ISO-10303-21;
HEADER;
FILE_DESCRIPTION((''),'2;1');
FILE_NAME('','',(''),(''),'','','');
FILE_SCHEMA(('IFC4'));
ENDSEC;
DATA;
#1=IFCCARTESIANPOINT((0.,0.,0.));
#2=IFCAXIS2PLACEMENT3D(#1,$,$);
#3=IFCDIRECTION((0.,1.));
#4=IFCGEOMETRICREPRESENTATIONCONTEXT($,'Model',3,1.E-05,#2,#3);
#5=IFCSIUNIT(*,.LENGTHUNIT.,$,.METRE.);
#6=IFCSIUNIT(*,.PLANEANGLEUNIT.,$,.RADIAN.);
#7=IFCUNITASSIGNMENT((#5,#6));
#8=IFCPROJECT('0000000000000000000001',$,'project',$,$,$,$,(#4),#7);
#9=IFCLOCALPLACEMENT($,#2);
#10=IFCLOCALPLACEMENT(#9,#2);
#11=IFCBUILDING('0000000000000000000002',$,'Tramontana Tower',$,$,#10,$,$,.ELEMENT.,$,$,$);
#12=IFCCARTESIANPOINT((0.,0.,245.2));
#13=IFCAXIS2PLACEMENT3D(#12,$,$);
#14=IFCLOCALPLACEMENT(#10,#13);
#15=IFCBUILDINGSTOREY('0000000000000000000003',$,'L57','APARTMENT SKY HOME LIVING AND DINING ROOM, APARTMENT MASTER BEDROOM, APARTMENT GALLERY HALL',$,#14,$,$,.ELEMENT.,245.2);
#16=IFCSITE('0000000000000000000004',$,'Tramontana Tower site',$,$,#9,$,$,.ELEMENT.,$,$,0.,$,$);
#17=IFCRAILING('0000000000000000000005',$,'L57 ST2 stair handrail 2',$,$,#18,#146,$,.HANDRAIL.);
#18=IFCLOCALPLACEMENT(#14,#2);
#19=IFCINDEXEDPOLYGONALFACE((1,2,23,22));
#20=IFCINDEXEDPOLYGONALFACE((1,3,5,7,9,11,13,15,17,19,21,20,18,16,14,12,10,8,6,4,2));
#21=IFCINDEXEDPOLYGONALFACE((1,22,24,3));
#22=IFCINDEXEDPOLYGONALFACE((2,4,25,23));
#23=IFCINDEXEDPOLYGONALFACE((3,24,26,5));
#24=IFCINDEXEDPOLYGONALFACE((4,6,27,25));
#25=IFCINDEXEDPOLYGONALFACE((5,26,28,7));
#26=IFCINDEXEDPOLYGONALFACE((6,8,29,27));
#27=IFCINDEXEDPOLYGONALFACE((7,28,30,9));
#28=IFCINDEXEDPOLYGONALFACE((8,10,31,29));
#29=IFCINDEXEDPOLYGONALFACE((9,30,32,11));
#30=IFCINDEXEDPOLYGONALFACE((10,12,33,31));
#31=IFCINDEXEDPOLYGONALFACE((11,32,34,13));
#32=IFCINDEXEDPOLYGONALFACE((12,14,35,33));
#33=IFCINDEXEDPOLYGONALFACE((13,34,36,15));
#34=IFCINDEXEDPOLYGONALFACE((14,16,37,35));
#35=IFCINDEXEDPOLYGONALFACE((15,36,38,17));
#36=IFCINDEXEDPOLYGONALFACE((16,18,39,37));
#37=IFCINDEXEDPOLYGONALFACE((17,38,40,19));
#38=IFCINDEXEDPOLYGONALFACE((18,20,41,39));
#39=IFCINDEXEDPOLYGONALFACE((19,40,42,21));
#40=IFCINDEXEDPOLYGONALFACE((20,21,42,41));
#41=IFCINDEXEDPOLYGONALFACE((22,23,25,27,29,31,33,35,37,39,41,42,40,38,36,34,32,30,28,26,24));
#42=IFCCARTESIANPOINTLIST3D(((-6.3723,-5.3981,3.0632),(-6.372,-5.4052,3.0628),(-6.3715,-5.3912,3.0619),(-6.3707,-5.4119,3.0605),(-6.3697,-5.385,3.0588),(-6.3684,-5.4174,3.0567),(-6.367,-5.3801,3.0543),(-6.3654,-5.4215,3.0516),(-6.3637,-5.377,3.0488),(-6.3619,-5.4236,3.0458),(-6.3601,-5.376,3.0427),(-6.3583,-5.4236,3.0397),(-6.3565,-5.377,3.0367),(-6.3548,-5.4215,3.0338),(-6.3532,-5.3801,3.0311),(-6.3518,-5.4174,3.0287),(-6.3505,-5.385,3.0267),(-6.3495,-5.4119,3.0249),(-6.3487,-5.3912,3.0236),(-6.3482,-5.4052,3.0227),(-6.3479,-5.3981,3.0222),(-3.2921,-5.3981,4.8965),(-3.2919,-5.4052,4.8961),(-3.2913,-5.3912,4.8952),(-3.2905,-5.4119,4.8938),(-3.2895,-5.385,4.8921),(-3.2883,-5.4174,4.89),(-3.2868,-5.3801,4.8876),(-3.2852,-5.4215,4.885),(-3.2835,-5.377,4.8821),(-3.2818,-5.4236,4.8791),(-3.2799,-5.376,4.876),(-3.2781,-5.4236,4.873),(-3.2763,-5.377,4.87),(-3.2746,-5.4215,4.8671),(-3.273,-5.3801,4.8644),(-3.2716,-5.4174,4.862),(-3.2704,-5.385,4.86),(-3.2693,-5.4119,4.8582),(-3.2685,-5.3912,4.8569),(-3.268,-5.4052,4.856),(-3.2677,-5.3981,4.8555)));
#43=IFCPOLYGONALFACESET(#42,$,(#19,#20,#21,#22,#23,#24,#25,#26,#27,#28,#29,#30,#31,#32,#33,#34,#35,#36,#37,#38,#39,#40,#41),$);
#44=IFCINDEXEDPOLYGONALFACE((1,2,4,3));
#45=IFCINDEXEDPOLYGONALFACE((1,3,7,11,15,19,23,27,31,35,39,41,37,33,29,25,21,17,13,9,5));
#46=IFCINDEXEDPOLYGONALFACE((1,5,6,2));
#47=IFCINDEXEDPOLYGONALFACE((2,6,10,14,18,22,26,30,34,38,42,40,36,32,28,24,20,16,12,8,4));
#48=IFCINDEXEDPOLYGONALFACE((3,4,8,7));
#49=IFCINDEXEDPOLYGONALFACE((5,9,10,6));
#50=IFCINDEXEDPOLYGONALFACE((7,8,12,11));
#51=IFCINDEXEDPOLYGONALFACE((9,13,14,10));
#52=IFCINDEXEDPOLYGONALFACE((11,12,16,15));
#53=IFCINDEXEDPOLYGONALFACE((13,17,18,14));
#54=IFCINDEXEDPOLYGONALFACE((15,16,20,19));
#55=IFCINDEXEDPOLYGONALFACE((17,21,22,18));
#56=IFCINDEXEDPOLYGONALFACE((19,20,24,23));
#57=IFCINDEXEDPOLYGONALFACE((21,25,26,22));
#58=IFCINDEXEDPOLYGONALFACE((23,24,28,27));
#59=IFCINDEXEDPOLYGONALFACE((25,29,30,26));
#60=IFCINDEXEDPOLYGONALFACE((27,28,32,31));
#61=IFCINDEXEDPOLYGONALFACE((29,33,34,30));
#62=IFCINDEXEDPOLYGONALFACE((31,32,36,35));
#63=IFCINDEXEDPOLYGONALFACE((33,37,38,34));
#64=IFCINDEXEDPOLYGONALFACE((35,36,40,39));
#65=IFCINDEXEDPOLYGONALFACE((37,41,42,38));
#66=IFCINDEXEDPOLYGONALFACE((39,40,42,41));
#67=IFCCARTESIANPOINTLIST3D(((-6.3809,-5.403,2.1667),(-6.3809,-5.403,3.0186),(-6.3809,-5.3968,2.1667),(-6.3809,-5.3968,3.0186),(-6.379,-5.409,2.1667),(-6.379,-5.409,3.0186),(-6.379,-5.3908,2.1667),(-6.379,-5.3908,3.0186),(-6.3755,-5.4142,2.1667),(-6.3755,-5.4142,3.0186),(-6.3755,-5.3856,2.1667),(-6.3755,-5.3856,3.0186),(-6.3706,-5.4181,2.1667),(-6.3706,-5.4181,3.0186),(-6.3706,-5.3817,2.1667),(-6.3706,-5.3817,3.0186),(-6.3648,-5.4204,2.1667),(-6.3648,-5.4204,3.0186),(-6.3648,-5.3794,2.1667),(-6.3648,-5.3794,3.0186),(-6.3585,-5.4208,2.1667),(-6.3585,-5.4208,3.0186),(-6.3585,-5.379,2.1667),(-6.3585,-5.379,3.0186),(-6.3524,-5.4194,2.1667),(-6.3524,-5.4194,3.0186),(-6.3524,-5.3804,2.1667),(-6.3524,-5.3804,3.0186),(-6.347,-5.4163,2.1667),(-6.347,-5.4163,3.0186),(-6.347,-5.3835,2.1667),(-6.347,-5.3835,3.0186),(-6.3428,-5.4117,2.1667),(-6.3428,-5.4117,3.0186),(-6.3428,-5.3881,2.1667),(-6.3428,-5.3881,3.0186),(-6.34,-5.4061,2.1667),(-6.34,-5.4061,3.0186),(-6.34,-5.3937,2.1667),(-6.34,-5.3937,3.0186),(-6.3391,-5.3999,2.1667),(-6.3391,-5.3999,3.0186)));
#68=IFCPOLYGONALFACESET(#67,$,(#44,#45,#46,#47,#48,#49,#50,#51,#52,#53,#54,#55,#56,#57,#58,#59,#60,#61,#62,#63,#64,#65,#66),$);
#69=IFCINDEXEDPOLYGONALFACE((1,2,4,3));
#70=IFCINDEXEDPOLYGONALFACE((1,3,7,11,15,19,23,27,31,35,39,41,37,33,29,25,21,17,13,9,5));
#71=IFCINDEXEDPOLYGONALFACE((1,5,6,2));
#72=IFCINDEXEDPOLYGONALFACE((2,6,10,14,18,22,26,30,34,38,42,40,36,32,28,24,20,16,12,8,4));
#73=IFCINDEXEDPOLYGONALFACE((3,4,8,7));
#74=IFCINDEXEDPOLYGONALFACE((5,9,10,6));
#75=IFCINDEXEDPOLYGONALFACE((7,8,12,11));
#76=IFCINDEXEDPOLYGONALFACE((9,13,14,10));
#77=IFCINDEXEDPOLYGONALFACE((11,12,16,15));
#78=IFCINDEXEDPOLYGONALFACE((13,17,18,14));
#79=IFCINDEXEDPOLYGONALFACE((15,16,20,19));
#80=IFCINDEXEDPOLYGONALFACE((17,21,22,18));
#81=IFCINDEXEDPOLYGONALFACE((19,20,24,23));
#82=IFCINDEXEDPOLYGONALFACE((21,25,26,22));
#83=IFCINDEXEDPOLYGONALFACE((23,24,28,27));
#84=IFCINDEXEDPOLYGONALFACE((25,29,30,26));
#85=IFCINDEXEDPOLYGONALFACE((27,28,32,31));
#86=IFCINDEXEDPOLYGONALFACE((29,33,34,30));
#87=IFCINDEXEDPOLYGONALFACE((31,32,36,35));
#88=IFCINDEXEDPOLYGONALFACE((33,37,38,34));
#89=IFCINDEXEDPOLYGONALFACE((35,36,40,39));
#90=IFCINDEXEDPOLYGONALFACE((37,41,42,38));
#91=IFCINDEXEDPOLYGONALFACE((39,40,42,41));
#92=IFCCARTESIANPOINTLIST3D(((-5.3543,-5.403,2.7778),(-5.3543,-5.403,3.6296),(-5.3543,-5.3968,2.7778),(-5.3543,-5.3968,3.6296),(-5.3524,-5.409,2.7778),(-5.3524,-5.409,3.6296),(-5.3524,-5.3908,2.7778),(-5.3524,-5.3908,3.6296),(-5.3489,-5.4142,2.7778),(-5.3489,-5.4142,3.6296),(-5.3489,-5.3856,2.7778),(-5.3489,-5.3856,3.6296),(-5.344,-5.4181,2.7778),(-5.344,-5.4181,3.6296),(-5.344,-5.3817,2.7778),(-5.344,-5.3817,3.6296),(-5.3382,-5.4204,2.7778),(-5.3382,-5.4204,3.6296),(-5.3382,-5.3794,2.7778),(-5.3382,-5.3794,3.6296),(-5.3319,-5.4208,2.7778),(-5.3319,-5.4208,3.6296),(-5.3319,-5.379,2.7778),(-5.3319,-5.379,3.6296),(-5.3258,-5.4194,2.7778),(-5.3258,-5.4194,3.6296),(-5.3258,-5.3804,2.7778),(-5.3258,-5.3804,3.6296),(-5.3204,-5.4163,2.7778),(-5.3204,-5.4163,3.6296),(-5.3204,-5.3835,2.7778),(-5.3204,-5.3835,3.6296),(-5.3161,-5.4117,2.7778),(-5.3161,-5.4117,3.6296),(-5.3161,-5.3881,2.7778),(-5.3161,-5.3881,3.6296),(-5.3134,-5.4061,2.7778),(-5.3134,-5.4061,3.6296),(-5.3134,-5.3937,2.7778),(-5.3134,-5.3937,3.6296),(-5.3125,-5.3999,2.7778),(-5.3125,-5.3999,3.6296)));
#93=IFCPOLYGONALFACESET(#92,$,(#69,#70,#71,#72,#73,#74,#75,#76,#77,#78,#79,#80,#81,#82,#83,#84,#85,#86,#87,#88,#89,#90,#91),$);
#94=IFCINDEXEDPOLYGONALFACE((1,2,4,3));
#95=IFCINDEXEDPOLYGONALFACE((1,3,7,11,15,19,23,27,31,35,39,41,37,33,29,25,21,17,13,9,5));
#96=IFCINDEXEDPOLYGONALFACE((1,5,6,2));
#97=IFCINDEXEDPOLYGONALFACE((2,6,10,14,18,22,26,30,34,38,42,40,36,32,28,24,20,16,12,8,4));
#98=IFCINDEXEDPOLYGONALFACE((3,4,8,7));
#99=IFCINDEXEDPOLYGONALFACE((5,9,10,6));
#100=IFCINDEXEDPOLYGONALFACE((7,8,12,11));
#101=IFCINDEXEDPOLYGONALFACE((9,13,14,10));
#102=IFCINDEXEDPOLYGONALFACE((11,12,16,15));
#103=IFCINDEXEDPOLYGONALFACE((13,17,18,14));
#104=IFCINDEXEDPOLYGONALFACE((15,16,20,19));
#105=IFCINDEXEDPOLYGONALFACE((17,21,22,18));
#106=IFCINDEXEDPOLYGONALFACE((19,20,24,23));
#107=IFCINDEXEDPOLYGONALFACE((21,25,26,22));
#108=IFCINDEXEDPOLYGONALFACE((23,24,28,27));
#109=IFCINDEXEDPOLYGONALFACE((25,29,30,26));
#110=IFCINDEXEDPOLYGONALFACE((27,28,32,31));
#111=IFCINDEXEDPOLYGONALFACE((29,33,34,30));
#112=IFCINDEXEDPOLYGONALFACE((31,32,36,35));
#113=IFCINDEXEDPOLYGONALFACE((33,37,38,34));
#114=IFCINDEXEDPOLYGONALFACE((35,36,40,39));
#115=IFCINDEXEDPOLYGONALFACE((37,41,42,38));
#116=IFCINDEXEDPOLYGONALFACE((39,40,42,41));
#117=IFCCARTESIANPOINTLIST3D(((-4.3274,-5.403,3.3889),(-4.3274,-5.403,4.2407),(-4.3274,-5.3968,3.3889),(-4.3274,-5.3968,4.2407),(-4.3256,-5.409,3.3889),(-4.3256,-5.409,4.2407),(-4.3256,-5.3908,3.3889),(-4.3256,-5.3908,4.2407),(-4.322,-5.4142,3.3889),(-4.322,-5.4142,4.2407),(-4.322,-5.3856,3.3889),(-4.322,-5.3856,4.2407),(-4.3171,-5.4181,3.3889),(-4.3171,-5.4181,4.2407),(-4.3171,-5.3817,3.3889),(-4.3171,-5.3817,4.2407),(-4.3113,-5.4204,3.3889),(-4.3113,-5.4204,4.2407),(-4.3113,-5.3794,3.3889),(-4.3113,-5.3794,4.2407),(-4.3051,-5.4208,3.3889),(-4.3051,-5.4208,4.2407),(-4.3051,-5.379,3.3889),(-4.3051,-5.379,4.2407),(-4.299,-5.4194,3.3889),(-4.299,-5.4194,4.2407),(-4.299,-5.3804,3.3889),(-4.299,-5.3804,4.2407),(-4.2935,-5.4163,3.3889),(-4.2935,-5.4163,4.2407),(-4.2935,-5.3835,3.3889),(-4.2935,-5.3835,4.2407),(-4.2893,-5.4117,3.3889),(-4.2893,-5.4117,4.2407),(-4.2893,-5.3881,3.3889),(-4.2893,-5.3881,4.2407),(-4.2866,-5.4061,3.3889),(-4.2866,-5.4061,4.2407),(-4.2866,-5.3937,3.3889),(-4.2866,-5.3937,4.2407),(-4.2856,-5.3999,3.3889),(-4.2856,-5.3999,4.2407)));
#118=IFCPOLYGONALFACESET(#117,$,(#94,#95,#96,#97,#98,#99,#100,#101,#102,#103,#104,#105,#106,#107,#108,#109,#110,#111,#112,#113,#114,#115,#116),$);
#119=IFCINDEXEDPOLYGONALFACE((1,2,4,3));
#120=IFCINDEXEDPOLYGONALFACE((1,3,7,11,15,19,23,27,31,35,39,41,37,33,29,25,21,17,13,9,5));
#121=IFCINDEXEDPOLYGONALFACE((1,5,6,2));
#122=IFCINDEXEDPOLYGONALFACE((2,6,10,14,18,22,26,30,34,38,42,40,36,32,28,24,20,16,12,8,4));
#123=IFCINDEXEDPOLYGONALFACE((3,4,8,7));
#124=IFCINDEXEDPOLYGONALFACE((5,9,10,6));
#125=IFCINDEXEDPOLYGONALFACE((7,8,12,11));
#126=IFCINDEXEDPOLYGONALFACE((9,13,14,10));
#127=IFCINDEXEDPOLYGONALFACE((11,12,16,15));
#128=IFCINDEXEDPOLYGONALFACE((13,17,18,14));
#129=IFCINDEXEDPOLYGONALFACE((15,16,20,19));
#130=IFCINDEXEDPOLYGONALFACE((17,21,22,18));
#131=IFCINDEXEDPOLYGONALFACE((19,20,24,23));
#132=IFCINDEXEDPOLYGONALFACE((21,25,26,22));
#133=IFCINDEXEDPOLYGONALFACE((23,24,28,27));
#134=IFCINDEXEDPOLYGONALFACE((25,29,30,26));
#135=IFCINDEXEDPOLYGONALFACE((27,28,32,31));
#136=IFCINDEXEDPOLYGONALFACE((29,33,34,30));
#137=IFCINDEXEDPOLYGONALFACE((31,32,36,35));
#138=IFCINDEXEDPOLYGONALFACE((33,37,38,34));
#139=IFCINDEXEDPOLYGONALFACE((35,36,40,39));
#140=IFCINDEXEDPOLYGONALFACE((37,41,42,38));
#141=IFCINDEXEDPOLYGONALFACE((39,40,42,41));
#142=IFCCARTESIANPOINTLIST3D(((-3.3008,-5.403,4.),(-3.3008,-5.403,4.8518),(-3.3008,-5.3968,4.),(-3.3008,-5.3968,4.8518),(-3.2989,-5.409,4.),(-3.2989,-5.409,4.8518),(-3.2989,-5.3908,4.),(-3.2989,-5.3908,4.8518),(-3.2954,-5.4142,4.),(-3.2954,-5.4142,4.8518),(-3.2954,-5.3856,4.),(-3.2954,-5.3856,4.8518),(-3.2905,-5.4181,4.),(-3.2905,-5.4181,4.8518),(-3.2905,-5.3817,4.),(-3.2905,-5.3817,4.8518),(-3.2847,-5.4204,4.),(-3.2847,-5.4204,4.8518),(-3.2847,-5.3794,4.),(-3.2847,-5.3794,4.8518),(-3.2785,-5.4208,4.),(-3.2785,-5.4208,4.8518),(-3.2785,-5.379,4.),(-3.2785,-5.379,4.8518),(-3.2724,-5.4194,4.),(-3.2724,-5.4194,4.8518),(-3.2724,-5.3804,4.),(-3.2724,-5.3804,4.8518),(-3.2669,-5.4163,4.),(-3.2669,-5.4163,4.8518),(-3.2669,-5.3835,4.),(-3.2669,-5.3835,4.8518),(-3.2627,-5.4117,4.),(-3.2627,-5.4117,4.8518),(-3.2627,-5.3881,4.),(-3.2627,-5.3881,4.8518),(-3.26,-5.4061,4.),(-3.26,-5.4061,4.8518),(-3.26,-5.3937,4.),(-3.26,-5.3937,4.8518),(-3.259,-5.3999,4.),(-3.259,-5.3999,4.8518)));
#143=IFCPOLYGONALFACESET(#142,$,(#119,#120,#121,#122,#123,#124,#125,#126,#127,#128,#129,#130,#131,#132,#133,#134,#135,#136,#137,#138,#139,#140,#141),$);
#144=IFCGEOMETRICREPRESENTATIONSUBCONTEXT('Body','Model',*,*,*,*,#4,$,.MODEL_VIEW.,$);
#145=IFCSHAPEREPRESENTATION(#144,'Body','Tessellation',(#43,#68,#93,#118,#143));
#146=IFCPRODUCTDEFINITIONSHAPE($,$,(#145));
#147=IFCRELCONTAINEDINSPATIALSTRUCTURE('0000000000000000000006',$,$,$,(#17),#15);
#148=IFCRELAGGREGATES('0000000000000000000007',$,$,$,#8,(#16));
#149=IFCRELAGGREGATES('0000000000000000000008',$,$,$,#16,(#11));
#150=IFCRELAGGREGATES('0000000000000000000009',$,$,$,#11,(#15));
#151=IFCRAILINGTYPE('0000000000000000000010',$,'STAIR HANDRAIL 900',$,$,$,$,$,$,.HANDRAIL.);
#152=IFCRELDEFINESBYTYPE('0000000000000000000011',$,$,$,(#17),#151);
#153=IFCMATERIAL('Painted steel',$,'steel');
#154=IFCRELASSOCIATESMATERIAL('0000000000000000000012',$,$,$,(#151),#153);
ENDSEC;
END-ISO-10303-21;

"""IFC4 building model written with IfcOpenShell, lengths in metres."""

from ifc_helpers import new_model, si_unit, direction, frame, origin, origin_2d, place, context, subcontext, project, spatial, circle, extrude, material, type_object, element, save


model = new_model("IFC4")

# Units and contexts
model_context = context("Model", 3, precision=1e-05, world=origin(), true_north=direction((0.0, 1.0)))
body_context = subcontext(model_context, "Body", "Model", "MODEL_VIEW")
ifc_project = project(units=[si_unit("LENGTHUNIT", "METRE"), si_unit("PLANEANGLEUNIT", "RADIAN")], contexts=[model_context])

# Site, building, storey
site_placement = place(None, origin())
site = spatial("IfcSite", under=ifc_project, at=site_placement, Name="Tramontana Tower site", CompositionType="ELEMENT", RefElevation=0.0)
building_placement = place(site_placement, origin())
building = spatial("IfcBuilding", under=site, at=building_placement, Name="Tramontana Tower", CompositionType="ELEMENT")
storey_placement = place(building_placement, frame((0.0, 0.0, 245.2)))
storey = spatial("IfcBuildingStorey", under=building, at=storey_placement, Name="L57", Description="APARTMENT SKY HOME LIVING AND DINING ROOM, APARTMENT MASTER BEDROOM, APARTMENT GALLERY HALL", CompositionType="ELEMENT", Elevation=245.2)

# Railing
ifc_material_1 = material(Name="Painted steel", Category="steel")
railing_type_1 = type_object("IfcRailingType", Name="STAIR HANDRAIL 900", PredefinedType="HANDRAIL", material=ifc_material_1)
railing_1_placement = place(storey_placement, frame((-6.3601, -5.3999, 2.1667)))
element("IfcRailing", 1, at=railing_1_placement, inside=storey, type_object=railing_type_1, Name="L57 ST2 stair handrail 2", PredefinedType="HANDRAIL", context=body_context, shape_type="SweptSolid", body=[
    extrude(circle(Radius=0.0239, at=origin_2d()), frame((0.0, 0.0, 0.876), z_axis=(0.859309, 0.0, 0.511458), x_axis=(0.0, 1.0, 0.0)), (0.0, 0.0, 1.0), 3.5845),
    extrude(circle(Radius=0.021, at=origin_2d()), origin(), (0.0, 0.0, 1.0), 0.8518),
    extrude(circle(Radius=0.021, at=origin_2d()), frame((1.0266, 0.0, 0.6111)), (0.0, 0.0, 1.0), 0.8518),
    extrude(circle(Radius=0.021, at=origin_2d()), frame((2.0535, 0.0, 1.2222)), (0.0, 0.0, 1.0), 0.8518),
    extrude(circle(Radius=0.021, at=origin_2d()), frame((3.0801, 0.0, 1.8333)), (0.0, 0.0, 1.0), 0.8518),
])

save(model, "model.ifc")
